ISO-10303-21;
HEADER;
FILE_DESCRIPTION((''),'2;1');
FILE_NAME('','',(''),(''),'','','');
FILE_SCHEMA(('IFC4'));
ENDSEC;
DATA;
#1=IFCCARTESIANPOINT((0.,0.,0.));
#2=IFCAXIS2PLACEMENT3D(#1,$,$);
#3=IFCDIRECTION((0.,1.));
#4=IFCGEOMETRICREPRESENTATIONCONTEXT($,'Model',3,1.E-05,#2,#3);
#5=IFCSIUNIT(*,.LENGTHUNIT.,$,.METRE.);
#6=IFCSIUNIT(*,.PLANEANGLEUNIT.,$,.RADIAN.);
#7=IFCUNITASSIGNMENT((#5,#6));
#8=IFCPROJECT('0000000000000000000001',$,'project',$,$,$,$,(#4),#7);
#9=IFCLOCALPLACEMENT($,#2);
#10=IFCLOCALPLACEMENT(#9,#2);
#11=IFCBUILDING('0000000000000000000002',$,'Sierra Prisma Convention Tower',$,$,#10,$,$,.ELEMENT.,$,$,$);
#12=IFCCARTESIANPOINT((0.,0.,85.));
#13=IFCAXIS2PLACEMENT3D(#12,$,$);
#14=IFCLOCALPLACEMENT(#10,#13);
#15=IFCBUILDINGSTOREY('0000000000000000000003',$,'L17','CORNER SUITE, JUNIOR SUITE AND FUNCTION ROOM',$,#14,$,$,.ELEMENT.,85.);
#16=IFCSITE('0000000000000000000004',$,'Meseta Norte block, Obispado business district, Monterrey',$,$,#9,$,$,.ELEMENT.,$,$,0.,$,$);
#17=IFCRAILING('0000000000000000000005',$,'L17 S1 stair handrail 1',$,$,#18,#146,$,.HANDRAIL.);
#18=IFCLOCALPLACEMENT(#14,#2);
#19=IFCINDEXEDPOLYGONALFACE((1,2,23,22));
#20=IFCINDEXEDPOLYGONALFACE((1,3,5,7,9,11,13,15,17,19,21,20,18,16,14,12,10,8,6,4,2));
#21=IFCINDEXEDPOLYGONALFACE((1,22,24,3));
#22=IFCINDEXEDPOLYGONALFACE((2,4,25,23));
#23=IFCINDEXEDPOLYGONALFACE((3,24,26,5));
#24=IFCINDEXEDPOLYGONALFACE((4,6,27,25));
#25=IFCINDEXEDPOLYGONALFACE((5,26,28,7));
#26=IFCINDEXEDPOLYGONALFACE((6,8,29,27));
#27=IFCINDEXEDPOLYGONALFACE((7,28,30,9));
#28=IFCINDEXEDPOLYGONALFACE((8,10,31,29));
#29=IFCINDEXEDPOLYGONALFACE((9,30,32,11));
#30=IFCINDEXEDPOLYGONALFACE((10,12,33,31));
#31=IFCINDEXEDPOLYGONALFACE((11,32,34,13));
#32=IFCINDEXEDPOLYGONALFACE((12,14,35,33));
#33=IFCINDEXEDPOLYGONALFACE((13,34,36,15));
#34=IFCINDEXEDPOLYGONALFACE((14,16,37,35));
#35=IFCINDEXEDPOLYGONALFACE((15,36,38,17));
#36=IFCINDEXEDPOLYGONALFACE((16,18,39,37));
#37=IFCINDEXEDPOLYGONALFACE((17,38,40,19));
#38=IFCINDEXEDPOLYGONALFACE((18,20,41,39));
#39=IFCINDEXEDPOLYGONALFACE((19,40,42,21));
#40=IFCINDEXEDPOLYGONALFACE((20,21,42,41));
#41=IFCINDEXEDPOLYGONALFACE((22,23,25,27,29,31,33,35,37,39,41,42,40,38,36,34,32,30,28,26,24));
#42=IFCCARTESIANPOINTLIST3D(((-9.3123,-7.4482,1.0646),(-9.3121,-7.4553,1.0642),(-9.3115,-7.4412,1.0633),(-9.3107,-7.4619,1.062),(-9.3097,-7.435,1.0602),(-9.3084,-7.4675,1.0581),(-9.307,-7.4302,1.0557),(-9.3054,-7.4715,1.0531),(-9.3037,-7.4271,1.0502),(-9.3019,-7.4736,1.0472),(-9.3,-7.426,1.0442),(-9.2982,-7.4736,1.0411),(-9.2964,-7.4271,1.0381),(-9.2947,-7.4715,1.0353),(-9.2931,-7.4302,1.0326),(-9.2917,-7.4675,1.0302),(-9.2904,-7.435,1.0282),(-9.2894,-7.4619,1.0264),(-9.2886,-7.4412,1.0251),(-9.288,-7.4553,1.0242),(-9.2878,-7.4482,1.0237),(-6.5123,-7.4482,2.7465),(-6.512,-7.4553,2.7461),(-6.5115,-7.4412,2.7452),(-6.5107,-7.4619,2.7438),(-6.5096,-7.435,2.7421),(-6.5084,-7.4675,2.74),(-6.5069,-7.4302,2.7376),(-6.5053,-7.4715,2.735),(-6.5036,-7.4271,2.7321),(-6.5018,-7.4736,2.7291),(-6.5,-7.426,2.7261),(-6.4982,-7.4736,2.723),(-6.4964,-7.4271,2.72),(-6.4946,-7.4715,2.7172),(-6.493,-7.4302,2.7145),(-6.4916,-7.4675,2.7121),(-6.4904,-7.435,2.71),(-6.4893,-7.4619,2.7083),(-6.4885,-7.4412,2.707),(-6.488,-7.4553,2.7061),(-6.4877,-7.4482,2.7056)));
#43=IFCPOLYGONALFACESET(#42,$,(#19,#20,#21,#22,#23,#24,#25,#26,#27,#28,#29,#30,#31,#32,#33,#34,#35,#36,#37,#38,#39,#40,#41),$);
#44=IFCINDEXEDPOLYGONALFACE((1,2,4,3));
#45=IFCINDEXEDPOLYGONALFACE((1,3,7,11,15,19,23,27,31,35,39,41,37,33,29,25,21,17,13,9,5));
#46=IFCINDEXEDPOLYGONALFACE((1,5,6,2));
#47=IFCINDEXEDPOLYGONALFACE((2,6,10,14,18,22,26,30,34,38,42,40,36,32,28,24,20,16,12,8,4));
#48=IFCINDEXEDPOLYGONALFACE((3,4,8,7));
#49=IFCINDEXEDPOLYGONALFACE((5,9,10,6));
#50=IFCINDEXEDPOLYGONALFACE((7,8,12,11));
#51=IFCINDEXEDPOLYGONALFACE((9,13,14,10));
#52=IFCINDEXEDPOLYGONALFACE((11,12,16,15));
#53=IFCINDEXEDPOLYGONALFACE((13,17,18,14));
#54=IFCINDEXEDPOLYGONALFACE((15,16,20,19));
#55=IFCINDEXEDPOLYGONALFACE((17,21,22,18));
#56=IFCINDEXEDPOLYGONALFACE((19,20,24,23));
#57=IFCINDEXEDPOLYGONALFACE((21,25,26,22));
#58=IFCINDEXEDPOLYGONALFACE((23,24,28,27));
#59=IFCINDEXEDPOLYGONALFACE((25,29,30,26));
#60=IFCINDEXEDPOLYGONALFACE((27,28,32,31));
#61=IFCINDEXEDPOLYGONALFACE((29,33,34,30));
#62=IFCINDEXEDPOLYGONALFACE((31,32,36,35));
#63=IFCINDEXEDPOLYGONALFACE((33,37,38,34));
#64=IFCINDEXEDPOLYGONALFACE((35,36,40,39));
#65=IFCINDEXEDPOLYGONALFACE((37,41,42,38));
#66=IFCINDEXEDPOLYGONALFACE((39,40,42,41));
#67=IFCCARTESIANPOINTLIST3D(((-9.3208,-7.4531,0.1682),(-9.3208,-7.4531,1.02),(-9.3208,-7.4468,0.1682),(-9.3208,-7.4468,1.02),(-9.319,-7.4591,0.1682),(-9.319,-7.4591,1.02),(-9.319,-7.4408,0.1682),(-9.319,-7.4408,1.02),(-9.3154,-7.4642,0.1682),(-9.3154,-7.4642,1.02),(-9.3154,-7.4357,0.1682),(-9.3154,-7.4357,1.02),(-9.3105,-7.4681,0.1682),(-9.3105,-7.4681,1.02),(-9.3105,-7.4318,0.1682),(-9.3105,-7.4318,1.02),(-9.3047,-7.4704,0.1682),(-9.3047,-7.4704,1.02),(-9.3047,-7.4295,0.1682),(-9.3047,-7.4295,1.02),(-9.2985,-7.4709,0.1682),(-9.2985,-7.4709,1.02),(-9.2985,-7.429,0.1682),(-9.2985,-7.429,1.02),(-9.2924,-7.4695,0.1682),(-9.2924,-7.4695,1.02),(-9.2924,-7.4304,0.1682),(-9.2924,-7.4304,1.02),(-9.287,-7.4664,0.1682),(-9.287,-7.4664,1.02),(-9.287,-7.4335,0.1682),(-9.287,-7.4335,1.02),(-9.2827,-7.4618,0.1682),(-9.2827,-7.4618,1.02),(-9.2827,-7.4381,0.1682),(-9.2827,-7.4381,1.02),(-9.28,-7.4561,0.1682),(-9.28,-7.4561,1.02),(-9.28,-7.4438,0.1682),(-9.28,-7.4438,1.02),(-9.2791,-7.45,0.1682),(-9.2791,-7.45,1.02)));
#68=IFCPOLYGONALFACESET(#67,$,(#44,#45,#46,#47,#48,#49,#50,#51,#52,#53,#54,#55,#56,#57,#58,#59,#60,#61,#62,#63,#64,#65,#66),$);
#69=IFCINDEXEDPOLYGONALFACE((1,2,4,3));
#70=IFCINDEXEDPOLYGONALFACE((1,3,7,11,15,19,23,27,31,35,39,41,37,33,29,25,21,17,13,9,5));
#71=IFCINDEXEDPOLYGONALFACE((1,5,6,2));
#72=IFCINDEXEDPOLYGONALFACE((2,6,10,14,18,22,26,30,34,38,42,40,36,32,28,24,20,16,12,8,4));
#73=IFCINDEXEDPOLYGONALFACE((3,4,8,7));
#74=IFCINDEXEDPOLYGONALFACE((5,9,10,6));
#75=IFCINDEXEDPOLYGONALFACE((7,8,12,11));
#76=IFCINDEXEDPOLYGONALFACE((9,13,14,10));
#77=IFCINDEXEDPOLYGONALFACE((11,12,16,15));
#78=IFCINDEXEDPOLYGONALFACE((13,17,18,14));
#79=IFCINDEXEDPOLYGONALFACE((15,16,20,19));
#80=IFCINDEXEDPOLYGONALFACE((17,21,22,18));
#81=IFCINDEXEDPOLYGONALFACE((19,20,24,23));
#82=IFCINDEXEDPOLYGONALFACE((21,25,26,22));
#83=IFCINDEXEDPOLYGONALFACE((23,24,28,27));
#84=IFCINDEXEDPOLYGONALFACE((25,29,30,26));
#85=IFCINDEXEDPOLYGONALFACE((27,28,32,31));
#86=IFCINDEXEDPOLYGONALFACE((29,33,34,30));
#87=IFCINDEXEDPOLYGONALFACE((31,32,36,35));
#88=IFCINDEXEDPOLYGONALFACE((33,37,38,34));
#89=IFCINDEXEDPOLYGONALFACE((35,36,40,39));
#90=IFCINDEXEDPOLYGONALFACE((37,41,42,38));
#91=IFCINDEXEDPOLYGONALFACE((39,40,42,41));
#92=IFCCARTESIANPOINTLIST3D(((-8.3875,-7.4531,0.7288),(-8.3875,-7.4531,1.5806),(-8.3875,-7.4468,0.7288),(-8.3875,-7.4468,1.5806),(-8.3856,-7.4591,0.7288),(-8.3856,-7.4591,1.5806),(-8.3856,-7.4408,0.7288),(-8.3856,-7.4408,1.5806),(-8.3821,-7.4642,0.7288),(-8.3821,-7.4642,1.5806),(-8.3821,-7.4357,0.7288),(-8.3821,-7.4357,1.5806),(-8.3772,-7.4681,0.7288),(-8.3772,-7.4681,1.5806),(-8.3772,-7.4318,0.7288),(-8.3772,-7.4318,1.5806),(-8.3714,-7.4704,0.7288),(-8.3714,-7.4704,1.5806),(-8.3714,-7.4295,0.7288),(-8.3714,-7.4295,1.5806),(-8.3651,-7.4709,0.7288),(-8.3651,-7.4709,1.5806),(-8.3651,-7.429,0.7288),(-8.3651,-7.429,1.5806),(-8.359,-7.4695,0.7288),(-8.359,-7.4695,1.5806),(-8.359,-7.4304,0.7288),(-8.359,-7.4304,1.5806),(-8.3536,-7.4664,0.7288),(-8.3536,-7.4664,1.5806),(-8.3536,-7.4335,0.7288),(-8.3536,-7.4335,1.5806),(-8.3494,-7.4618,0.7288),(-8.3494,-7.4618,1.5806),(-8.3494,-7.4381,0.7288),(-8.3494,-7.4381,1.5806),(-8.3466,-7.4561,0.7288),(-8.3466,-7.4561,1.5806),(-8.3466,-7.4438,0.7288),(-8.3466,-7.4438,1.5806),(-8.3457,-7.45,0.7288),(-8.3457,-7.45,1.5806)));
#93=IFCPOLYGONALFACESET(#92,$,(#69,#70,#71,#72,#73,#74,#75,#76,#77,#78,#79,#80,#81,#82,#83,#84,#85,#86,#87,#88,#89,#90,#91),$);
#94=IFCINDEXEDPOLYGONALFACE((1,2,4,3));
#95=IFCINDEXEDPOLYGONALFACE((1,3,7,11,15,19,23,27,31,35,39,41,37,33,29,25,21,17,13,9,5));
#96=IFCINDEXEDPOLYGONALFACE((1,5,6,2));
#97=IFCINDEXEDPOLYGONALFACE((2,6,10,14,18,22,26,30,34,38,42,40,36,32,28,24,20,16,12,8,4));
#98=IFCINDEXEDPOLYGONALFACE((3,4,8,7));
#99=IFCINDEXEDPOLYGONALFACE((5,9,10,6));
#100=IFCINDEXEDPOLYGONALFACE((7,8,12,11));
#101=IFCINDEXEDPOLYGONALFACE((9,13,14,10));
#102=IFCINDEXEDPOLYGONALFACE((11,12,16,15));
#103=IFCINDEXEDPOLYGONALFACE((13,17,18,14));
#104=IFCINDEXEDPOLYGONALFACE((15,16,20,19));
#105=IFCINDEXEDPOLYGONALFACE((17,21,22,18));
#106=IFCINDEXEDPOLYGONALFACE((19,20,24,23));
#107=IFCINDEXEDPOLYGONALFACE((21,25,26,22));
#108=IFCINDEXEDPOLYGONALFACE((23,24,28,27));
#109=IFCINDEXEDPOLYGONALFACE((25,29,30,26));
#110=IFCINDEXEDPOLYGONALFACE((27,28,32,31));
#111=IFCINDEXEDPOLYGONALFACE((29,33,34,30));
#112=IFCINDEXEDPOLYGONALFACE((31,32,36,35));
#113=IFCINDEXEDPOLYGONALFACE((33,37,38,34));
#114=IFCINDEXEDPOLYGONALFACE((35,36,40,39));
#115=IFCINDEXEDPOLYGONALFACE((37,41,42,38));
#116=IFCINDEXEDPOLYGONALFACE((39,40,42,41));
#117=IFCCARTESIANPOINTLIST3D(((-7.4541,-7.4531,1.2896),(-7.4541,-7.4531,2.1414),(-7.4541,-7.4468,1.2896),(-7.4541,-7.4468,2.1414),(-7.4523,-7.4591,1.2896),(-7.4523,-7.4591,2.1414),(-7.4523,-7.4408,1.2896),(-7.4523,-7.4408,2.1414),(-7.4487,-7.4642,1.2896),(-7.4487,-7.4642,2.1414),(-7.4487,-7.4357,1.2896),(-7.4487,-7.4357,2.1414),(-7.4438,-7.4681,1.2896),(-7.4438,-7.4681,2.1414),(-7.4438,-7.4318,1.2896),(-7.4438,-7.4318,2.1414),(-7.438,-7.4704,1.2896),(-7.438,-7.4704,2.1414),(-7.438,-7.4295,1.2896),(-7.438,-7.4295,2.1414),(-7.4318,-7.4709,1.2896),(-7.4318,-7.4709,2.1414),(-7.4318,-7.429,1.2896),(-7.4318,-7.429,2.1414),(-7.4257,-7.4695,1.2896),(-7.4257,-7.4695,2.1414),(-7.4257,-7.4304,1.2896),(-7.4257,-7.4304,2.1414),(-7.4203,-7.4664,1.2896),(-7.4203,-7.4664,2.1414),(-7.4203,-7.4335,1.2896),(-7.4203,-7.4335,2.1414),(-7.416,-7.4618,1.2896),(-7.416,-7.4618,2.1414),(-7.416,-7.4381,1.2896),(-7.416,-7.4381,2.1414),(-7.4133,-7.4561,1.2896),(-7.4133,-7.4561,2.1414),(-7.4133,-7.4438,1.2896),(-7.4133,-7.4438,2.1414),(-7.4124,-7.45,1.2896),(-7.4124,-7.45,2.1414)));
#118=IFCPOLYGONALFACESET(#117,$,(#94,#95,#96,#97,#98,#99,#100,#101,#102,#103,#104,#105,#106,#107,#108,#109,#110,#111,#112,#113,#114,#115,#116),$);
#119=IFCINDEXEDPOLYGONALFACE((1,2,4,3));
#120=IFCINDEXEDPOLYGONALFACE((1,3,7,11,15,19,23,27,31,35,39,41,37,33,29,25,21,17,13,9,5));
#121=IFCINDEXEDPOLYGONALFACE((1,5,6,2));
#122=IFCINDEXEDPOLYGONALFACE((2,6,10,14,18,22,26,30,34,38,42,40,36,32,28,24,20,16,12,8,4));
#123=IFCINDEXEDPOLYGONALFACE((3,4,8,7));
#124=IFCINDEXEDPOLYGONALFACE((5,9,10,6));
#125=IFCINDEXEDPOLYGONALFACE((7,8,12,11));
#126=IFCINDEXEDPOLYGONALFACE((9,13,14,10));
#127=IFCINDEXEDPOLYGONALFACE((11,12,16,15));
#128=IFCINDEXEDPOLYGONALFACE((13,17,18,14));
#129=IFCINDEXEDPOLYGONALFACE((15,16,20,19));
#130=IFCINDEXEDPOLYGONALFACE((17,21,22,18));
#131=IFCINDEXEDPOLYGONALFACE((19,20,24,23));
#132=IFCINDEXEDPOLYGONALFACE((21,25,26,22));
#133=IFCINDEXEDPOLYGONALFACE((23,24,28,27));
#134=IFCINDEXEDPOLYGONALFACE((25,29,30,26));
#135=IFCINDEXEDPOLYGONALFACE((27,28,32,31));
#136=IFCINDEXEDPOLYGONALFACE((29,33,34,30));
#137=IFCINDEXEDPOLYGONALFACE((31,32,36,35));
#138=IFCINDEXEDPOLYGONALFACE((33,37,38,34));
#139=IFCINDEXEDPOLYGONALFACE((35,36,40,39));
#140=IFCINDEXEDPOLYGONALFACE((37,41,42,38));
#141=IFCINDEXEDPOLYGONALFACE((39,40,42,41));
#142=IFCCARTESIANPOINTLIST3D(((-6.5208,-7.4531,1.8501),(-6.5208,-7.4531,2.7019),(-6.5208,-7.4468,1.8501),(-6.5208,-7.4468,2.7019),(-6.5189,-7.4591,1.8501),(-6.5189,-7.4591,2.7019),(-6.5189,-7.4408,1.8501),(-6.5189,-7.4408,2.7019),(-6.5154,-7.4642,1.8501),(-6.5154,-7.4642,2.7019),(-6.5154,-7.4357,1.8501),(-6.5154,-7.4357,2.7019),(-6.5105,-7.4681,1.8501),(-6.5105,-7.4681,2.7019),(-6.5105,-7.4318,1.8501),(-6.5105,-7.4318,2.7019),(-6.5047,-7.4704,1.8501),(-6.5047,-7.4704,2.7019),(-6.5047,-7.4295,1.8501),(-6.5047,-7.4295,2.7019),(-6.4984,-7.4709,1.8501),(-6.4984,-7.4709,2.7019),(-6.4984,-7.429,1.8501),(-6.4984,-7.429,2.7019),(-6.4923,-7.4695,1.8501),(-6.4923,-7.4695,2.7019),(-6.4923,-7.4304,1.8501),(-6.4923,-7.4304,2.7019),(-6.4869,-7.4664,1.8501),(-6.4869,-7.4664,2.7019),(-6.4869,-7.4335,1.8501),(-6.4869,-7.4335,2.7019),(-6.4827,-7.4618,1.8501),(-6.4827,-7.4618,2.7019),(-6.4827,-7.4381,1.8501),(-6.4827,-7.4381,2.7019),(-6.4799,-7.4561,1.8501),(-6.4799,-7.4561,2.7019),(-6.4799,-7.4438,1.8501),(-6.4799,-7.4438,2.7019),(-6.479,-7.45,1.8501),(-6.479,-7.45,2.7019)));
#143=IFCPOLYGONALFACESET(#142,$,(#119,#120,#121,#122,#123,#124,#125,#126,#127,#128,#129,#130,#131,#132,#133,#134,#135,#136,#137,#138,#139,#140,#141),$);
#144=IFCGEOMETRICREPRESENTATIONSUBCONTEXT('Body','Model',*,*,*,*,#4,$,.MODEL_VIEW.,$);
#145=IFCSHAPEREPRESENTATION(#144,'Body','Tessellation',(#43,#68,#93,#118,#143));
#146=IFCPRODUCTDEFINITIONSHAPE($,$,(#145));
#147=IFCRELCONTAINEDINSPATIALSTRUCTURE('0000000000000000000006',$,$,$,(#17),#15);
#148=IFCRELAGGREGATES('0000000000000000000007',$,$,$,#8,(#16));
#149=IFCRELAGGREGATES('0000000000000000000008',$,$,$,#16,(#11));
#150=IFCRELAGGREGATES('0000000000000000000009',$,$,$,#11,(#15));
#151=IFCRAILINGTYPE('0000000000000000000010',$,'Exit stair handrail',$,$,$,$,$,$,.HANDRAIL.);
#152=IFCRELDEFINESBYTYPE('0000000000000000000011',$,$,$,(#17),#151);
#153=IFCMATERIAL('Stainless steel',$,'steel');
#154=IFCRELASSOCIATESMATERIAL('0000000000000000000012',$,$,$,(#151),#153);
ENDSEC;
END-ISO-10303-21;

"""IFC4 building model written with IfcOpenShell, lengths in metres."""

from ifc_helpers import new_model, si_unit, direction, frame, origin, origin_2d, place, context, subcontext, project, spatial, circle, extrude, material, type_object, element, save


model = new_model("IFC4")

# Units and contexts
model_context = context("Model", 3, precision=1e-05, world=origin(), true_north=direction((0.0, 1.0)))
body_context = subcontext(model_context, "Body", "Model", "MODEL_VIEW")
ifc_project = project(units=[si_unit("LENGTHUNIT", "METRE"), si_unit("PLANEANGLEUNIT", "RADIAN")], contexts=[model_context])

# Site, building, storey
site_placement = place(None, origin())
site = spatial("IfcSite", under=ifc_project, at=site_placement, Name="Meseta Norte block, Obispado business district, Monterrey", CompositionType="ELEMENT", RefElevation=0.0)
building_placement = place(site_placement, origin())
building = spatial("IfcBuilding", under=site, at=building_placement, Name="Sierra Prisma Convention Tower", CompositionType="ELEMENT")
storey_placement = place(building_placement, frame((0.0, 0.0, 85.0)))
storey = spatial("IfcBuildingStorey", under=building, at=storey_placement, Name="L17", Description="CORNER SUITE, JUNIOR SUITE AND FUNCTION ROOM", CompositionType="ELEMENT", Elevation=85.0)

# Railing
ifc_material_1 = material(Name="Stainless steel", Category="steel")
railing_type_1 = type_object("IfcRailingType", Name="Exit stair handrail", PredefinedType="HANDRAIL", material=ifc_material_1)
railing_1_placement = place(storey_placement, frame((-9.3, -7.45, 0.1682)))
element("IfcRailing", 1, at=railing_1_placement, inside=storey, type_object=railing_type_1, Name="L17 S1 stair handrail 1", PredefinedType="HANDRAIL", context=body_context, shape_type="SweptSolid", body=[
    extrude(circle(Radius=0.0239, at=origin_2d()), frame((0.0, 0.0, 0.876), z_axis=(0.857242, 0.0, 0.514913), x_axis=(0.0, 1.0, 0.0)), (0.0, 0.0, 1.0), 3.2664),
    extrude(circle(Radius=0.021, at=origin_2d()), origin(), (0.0, 0.0, 1.0), 0.8518),
    extrude(circle(Radius=0.021, at=origin_2d()), frame((0.9333, 0.0, 0.5605)), (0.0, 0.0, 1.0), 0.8518),
    extrude(circle(Radius=0.021, at=origin_2d()), frame((1.8667, 0.0, 1.1213)), (0.0, 0.0, 1.0), 0.8518),
    extrude(circle(Radius=0.021, at=origin_2d()), frame((2.8, 0.0, 1.6819)), (0.0, 0.0, 1.0), 0.8518),
])

save(model, "model.ifc")
